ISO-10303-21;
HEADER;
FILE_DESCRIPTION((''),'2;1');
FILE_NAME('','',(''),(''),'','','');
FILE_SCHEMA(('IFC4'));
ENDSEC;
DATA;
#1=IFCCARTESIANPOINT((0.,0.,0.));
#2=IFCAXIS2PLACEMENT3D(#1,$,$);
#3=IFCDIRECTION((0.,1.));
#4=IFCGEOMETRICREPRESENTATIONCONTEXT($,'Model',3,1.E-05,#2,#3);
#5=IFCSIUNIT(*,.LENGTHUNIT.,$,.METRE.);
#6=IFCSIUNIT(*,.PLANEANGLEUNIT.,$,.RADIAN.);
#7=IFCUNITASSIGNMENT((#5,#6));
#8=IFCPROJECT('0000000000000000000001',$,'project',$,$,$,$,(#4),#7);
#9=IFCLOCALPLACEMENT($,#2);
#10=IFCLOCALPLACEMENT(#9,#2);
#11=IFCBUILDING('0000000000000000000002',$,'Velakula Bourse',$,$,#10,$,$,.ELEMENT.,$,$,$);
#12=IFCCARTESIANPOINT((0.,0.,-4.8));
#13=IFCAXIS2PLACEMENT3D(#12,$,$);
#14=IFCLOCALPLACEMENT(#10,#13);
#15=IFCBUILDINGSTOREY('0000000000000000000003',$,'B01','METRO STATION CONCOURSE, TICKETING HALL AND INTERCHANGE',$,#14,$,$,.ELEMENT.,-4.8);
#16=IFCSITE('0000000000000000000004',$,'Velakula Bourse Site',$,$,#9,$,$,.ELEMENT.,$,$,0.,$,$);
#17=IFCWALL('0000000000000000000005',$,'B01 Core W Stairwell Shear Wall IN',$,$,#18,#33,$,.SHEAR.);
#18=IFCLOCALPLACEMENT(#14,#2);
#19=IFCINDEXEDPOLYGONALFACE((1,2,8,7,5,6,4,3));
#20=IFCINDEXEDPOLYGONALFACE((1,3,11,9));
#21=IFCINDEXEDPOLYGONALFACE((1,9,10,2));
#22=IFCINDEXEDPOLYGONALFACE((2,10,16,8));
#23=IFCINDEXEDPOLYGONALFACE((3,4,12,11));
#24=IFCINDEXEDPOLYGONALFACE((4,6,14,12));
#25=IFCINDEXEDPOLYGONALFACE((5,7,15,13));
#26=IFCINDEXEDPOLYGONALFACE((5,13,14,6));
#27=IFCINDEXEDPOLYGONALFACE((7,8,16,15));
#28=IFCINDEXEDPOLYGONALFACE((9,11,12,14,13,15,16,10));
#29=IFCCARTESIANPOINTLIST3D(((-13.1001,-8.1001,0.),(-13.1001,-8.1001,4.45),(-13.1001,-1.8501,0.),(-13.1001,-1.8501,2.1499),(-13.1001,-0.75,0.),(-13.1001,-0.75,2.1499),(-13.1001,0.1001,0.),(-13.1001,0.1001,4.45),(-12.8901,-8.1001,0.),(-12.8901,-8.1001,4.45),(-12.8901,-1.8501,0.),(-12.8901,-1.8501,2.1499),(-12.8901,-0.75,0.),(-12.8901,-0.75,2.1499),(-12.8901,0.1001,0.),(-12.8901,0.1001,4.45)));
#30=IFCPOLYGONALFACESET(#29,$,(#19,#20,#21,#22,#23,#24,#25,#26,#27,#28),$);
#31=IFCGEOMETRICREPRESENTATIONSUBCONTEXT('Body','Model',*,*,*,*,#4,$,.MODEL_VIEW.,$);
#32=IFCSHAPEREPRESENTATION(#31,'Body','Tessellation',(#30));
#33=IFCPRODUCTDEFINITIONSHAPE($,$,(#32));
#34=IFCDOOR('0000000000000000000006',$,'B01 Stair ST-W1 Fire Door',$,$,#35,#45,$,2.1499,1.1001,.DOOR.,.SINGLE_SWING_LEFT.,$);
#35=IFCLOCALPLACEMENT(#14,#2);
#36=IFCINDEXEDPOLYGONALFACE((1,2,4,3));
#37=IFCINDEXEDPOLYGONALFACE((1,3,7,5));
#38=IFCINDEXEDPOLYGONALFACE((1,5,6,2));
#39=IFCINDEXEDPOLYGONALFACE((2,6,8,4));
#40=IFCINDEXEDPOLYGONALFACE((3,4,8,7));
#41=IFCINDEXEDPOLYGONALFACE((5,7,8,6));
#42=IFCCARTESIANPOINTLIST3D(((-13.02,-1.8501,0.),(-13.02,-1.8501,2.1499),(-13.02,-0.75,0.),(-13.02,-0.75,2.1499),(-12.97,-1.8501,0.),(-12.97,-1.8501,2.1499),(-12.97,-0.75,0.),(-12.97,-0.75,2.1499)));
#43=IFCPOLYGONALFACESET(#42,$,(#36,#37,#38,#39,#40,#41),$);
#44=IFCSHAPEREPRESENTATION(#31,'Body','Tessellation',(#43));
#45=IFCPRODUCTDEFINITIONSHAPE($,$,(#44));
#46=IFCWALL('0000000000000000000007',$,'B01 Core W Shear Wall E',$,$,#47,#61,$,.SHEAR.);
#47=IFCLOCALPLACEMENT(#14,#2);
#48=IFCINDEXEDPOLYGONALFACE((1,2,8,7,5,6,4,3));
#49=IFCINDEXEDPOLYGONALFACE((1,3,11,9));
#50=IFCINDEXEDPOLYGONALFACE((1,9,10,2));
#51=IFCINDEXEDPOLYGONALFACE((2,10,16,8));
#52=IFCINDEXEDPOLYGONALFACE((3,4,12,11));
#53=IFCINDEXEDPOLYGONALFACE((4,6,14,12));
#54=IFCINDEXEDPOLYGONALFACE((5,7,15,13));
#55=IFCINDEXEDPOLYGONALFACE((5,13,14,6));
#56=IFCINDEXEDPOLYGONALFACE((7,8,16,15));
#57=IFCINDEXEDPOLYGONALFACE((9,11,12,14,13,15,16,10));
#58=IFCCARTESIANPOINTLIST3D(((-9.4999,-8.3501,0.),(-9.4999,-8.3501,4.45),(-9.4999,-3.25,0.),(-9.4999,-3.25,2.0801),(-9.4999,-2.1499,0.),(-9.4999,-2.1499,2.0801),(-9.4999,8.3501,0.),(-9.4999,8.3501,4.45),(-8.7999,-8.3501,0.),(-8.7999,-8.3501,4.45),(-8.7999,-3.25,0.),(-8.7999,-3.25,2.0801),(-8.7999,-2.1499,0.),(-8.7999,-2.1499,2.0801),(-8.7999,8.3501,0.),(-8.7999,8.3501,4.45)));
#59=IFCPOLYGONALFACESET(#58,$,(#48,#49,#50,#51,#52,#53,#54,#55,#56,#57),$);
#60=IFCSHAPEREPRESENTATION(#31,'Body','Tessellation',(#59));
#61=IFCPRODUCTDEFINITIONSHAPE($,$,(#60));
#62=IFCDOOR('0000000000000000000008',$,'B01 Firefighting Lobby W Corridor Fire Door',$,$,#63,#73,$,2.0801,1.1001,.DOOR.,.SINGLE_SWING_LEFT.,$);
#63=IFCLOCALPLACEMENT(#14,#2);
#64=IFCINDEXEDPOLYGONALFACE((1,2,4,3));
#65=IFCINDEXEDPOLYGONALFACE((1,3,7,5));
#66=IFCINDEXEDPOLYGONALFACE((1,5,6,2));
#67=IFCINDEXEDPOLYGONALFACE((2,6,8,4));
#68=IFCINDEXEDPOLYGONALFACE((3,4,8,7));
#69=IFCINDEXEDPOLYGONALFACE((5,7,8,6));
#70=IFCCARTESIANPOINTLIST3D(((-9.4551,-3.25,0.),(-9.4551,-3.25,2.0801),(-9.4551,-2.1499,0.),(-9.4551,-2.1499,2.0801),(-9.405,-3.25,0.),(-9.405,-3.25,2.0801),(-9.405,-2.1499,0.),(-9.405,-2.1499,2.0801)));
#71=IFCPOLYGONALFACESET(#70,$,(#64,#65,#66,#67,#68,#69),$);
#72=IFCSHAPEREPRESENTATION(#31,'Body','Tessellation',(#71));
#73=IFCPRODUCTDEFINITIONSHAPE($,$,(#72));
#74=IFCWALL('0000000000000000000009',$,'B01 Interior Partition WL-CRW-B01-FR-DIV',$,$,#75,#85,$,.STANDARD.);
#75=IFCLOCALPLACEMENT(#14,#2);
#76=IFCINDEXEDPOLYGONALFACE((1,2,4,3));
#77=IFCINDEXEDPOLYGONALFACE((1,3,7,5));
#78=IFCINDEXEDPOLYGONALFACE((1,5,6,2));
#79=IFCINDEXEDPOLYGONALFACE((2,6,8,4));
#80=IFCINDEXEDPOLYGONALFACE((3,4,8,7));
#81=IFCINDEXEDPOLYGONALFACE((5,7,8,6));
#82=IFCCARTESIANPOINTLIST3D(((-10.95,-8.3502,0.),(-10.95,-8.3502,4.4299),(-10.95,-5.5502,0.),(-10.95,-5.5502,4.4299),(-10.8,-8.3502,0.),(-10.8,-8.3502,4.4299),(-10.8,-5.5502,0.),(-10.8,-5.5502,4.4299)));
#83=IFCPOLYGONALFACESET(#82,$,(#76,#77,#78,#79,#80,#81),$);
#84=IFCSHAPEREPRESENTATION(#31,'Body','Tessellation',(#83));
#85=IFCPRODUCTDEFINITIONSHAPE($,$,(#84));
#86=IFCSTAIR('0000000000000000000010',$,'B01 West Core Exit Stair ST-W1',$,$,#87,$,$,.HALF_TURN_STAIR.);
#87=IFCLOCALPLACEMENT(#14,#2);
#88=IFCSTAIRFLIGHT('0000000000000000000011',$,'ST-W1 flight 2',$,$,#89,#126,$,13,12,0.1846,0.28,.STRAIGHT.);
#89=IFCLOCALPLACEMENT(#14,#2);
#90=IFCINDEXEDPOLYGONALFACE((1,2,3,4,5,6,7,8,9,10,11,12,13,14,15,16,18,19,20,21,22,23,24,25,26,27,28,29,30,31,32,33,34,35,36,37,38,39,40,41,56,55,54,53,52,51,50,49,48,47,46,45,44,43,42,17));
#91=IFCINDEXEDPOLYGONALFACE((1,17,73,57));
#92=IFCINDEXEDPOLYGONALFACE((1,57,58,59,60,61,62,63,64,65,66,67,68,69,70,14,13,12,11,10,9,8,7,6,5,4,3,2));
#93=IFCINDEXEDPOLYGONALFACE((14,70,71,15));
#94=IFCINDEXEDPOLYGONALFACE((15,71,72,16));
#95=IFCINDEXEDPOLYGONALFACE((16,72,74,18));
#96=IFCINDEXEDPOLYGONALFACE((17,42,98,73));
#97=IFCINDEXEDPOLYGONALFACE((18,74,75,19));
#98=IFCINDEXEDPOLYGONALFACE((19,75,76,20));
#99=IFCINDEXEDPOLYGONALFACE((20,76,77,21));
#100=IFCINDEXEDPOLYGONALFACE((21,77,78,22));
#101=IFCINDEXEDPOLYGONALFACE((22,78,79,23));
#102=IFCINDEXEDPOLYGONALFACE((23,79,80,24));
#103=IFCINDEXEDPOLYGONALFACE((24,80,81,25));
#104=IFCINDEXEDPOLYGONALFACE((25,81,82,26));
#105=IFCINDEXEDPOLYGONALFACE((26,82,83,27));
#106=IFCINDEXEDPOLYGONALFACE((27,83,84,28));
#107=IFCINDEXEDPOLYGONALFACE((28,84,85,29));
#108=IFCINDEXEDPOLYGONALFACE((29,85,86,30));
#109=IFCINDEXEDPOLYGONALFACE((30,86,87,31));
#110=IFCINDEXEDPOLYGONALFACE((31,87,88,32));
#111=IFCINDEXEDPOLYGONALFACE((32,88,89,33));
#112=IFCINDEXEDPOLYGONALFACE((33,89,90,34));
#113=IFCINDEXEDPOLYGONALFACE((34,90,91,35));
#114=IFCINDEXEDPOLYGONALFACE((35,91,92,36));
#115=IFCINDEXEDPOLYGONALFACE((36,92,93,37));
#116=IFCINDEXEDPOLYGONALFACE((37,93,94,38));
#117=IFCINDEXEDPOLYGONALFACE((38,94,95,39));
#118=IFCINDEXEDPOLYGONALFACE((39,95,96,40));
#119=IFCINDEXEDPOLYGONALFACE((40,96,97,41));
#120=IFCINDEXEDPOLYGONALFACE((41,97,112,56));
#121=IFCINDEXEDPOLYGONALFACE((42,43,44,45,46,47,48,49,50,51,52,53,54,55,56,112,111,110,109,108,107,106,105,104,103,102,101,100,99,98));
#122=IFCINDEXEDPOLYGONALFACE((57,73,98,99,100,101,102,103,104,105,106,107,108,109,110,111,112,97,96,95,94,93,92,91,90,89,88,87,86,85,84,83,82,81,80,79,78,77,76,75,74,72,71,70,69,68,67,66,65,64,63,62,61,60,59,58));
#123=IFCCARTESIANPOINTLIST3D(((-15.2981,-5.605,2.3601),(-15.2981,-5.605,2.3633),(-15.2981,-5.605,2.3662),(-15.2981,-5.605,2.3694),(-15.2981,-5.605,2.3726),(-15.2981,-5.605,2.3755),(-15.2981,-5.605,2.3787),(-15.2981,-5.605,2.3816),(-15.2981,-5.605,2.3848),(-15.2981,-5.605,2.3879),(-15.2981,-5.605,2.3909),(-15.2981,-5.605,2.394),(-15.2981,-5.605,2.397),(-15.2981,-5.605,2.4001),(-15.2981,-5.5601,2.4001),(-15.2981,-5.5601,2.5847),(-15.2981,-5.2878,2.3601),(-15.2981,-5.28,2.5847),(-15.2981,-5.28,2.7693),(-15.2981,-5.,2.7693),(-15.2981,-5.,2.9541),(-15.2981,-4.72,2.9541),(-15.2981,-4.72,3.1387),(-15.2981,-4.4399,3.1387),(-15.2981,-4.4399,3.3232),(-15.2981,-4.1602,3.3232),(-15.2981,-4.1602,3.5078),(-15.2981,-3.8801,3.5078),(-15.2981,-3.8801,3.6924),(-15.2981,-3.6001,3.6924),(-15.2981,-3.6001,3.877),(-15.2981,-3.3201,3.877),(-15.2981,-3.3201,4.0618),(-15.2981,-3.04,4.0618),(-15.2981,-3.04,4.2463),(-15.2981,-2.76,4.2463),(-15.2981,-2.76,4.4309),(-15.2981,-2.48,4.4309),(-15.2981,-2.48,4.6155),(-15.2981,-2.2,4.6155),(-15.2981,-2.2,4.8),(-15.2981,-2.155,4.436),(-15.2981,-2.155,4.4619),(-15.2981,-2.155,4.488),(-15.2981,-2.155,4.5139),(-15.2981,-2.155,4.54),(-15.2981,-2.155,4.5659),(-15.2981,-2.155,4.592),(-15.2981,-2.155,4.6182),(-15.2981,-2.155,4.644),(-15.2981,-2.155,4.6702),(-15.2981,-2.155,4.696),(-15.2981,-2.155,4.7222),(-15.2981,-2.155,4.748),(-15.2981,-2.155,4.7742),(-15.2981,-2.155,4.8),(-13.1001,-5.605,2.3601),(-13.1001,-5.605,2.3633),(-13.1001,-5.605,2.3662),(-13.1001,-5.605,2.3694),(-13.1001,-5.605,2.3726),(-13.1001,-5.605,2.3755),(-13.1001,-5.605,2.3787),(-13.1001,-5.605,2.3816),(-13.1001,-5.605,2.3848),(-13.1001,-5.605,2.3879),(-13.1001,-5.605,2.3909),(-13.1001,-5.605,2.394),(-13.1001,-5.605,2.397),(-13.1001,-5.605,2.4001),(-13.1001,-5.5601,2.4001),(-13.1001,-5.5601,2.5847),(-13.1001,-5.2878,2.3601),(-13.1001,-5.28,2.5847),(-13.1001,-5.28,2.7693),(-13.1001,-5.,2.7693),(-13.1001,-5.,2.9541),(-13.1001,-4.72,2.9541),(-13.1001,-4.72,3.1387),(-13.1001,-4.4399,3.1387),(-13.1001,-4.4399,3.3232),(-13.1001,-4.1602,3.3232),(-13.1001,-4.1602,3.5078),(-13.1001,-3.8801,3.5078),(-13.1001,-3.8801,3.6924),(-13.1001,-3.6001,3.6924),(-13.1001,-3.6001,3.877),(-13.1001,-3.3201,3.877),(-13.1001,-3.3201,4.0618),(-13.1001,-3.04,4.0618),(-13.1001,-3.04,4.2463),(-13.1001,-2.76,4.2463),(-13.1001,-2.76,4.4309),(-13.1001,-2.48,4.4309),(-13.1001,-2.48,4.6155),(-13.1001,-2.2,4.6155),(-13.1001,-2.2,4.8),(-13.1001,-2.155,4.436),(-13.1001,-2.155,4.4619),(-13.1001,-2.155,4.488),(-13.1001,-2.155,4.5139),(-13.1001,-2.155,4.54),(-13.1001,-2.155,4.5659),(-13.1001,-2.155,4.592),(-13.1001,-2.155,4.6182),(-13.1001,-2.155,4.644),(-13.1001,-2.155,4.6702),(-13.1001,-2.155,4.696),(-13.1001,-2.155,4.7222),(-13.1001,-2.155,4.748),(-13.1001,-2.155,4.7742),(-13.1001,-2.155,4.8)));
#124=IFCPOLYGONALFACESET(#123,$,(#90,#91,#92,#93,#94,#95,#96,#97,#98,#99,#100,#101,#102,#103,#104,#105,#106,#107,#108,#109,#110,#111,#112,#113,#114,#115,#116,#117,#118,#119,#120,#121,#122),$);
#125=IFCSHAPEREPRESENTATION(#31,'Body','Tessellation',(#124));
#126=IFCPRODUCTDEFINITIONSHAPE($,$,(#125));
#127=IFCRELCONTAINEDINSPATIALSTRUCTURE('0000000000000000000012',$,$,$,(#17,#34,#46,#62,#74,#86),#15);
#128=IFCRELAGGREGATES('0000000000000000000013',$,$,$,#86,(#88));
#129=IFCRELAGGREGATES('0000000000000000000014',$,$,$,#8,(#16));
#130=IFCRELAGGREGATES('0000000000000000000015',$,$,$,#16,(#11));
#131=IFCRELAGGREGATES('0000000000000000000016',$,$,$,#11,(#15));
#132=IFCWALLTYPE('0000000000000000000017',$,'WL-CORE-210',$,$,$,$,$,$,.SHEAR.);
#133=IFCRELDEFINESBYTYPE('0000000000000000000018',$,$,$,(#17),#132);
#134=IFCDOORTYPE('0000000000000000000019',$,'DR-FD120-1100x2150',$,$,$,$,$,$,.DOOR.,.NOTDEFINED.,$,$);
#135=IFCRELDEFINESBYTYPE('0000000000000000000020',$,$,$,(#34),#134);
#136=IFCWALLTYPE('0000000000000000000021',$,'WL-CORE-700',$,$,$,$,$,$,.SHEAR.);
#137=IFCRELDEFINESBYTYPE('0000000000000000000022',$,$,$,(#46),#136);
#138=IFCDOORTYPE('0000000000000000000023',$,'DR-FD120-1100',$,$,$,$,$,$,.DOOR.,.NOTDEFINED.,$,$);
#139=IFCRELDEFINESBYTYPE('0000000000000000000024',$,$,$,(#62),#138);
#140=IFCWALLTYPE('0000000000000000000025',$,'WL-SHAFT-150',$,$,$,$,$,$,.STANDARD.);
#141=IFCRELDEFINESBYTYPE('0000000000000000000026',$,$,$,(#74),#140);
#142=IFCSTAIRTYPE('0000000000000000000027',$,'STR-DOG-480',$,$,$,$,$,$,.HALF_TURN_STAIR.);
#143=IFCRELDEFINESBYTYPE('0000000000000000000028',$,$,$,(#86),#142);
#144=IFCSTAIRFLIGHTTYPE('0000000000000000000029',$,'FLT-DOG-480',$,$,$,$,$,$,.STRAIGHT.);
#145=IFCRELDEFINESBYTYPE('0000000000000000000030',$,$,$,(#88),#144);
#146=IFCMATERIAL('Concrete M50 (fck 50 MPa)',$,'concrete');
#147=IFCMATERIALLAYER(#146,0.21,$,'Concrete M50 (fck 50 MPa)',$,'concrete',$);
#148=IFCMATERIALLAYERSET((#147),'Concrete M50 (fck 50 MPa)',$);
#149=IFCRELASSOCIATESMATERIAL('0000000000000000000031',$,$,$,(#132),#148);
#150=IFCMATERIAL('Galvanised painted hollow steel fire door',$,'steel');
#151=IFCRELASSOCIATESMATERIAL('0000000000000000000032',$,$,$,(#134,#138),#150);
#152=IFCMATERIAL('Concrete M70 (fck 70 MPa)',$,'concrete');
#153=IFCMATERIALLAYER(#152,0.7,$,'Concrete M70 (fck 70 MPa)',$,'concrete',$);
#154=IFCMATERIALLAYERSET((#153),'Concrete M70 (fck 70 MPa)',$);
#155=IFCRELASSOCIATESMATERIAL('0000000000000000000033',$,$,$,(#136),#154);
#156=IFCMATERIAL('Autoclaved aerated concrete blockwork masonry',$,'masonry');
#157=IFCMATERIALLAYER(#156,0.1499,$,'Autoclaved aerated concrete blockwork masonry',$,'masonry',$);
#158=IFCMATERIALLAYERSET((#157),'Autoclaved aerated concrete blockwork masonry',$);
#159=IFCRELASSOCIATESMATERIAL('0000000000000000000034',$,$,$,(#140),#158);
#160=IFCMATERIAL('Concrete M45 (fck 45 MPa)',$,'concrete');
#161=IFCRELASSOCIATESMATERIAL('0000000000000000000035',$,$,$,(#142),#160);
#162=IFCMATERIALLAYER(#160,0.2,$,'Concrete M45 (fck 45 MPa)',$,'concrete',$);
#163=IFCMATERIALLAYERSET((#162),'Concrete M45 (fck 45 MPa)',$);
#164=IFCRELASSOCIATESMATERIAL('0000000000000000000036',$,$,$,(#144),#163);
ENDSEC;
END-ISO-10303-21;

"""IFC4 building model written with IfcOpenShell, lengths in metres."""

from ifc_helpers import new_model, si_unit, direction, frame, frame_2d, origin, place, context, subcontext, project, spatial, polyline, rectangle, outline, extrude, material, layer, layer_set, type_object, element, fill, aggregate, save


model = new_model("IFC4")

# Units and contexts
model_context = context("Model", 3, precision=1e-05, world=origin(), true_north=direction((0.0, 1.0)))
body_context = subcontext(model_context, "Body", "Model", "MODEL_VIEW")
ifc_project = project(units=[si_unit("LENGTHUNIT", "METRE"), si_unit("PLANEANGLEUNIT", "RADIAN")], contexts=[model_context])

# Site, building, storey
site_placement = place(None, origin())
site = spatial("IfcSite", under=ifc_project, at=site_placement, Name="Velakula Bourse Site", CompositionType="ELEMENT", RefElevation=0.0)
building_placement = place(site_placement, origin())
building = spatial("IfcBuilding", under=site, at=building_placement, Name="Velakula Bourse", CompositionType="ELEMENT")
storey_placement = place(building_placement, frame((0.0, 0.0, -4.8)))
storey = spatial("IfcBuildingStorey", under=building, at=storey_placement, Name="B01", Description="METRO STATION CONCOURSE, TICKETING HALL AND INTERCHANGE", CompositionType="ELEMENT", Elevation=-4.8)

# Shared definitions
ifc_material_1 = material(Name="Concrete M70 (fck 70 MPa)", Category="concrete")

# Walls, openings, doors
ifc_material_2 = material(Name="Concrete M50 (fck 50 MPa)", Category="concrete")
ifc_layer_1 = layer(ifc_material_2, 0.21, Name="Concrete M50 (fck 50 MPa)", Category="concrete")
ifc_layer_set_1 = layer_set([ifc_layer_1], Name="Concrete M50 (fck 50 MPa)")
wall_type_1 = type_object("IfcWallType", Name="WL-CORE-210", PredefinedType="SHEAR", material=ifc_layer_set_1)
wall_1_placement = place(storey_placement, frame((-12.9951, -8.1001, 0.0), z_axis=(0.0, 0.0, 1.0), x_axis=(0.0, 1.0, 0.0)))
wall_1 = element("IfcWall", 1, at=wall_1_placement, inside=storey, type_object=wall_type_1, Name="B01 Core W Stairwell Shear Wall IN", PredefinedType="SHEAR", context=body_context, shape_type="SweptSolid", body=[
    extrude(rectangle(XDim=8.2002, YDim=0.21, at=frame_2d((4.1001, 0.0))), origin(), (0.0, 0.0, 1.0), 4.45),
])
opening_1_placement = place(wall_1_placement, frame((6.25, 0.0, 0.0)))
opening_1 = element("IfcOpeningElement", 2, at=opening_1_placement, cuts=wall_1, PredefinedType="OPENING", context=body_context, shape_type="SweptSolid", body=[
    extrude(rectangle(XDim=1.1001, YDim=2.1499, at=frame_2d((0.55, 1.075))), frame((0.0, 0.115, 0.0), z_axis=(0.0, -1.0, 0.0), x_axis=(1.0, 0.0, 0.0)), (0.0, 0.0, 1.0), 0.23),
])
ifc_material_3 = material(Name="Galvanised painted hollow steel fire door", Category="steel")
door_type_1 = type_object("IfcDoorType", Name="DR-FD120-1100x2150", OperationType="NOTDEFINED", PredefinedType="DOOR", material=ifc_material_3)
door_1_placement = place(opening_1_placement, origin())
door_1 = element("IfcDoor", 3, at=door_1_placement, inside=storey, type_object=door_type_1, Name="B01 Stair ST-W1 Fire Door", OperationType="SINGLE_SWING_LEFT", OverallHeight=2.1499, OverallWidth=1.1001, PredefinedType="DOOR", context=body_context, shape_type="SweptSolid", body=[
    extrude(rectangle(XDim=1.1001, YDim=2.1499, at=frame_2d((0.55, 1.075))), frame((0.0, 0.0249, 0.0), z_axis=(0.0, -1.0, 0.0), x_axis=(1.0, 0.0, 0.0)), (0.0, 0.0, 1.0), 0.05),
])
fill(opening_1, door_1)
ifc_layer_2 = layer(ifc_material_1, 0.7, Name="Concrete M70 (fck 70 MPa)", Category="concrete")
ifc_layer_set_2 = layer_set([ifc_layer_2], Name="Concrete M70 (fck 70 MPa)")
wall_type_2 = type_object("IfcWallType", Name="WL-CORE-700", PredefinedType="SHEAR", material=ifc_layer_set_2)
wall_2_placement = place(storey_placement, frame((-9.1499, -8.3501, 0.0), z_axis=(0.0, 0.0, 1.0), x_axis=(0.0, 1.0, 0.0)))
wall_2 = element("IfcWall", 4, at=wall_2_placement, inside=storey, type_object=wall_type_2, Name="B01 Core W Shear Wall E", PredefinedType="SHEAR", context=body_context, shape_type="SweptSolid", body=[
    extrude(rectangle(XDim=16.7002, YDim=0.7, at=frame_2d((8.3501, 0.0))), origin(), (0.0, 0.0, 1.0), 4.45),
])
opening_2_placement = place(wall_2_placement, frame((5.1001, 0.0, 0.0)))
opening_2 = element("IfcOpeningElement", 5, at=opening_2_placement, cuts=wall_2, PredefinedType="OPENING", context=body_context, shape_type="SweptSolid", body=[
    extrude(rectangle(XDim=1.1001, YDim=2.0801, at=frame_2d((0.55, 1.04))), frame((0.0, 0.3599, 0.0), z_axis=(0.0, -1.0, 0.0), x_axis=(1.0, 0.0, 0.0)), (0.0, 0.0, 1.0), 0.72),
])
door_type_2 = type_object("IfcDoorType", Name="DR-FD120-1100", OperationType="NOTDEFINED", PredefinedType="DOOR", material=ifc_material_3)
door_2_placement = place(opening_2_placement, origin())
door_2 = element("IfcDoor", 6, at=door_2_placement, inside=storey, type_object=door_type_2, Name="B01 Firefighting Lobby W Corridor Fire Door", OperationType="SINGLE_SWING_LEFT", OverallHeight=2.0801, OverallWidth=1.1001, PredefinedType="DOOR", context=body_context, shape_type="SweptSolid", body=[
    extrude(rectangle(XDim=1.1001, YDim=2.0801, at=frame_2d((0.55, 1.04))), frame((0.0, 0.3052, 0.0), z_axis=(0.0, -1.0, 0.0), x_axis=(1.0, 0.0, 0.0)), (0.0, 0.0, 1.0), 0.05),
])
fill(opening_2, door_2)

# Shared definitions
ifc_material_4 = material(Name="Autoclaved aerated concrete blockwork masonry", Category="masonry")
ifc_layer_3 = layer(ifc_material_4, 0.1499, Name="Autoclaved aerated concrete blockwork masonry", Category="masonry")
ifc_layer_set_3 = layer_set([ifc_layer_3], Name="Autoclaved aerated concrete blockwork masonry")
wall_type_3 = type_object("IfcWallType", Name="WL-SHAFT-150", PredefinedType="STANDARD", material=ifc_layer_set_3)

# Wall
wall_3_placement = place(storey_placement, frame((-10.875, -8.3501, 0.0), z_axis=(0.0, 0.0, 1.0), x_axis=(0.0, 1.0, 0.0)))
element("IfcWall", 7, at=wall_3_placement, inside=storey, type_object=wall_type_3, Name="B01 Interior Partition WL-CRW-B01-FR-DIV", PredefinedType="STANDARD", context=body_context, shape_type="SweptSolid", body=[
    extrude(rectangle(XDim=2.8, YDim=0.1499, at=frame_2d((1.3999, 0.0))), origin(), (0.0, 0.0, 1.0), 4.4299),
])

# Stair, stair flight
ifc_material_5 = material(Name="Concrete M45 (fck 45 MPa)", Category="concrete")
stair_type = type_object("IfcStairType", Name="STR-DOG-480", PredefinedType="HALF_TURN_STAIR", material=ifc_material_5)
stair_placement = place(storey_placement, origin())
stair = element("IfcStair", 8, at=stair_placement, inside=storey, type_object=stair_type, Name="B01 West Core Exit Stair ST-W1", PredefinedType="HALF_TURN_STAIR")
ifc_layer_4 = layer(ifc_material_5, 0.2, Name="Concrete M45 (fck 45 MPa)", Category="concrete")
ifc_layer_set_4 = layer_set([ifc_layer_4], Name="Concrete M45 (fck 45 MPa)")
stair_flight_type = type_object("IfcStairFlightType", Name="FLT-DOG-480", PredefinedType="STRAIGHT", material=ifc_layer_set_4)
stair_flight_placement = place(storey_placement, frame((-14.199, -5.5601, 2.4001), z_axis=(0.0, 0.0, 1.0), x_axis=(0.0, 1.0, 0.0)))
stair_flight = element("IfcStairFlight", 9, at=stair_flight_placement, type_object=stair_flight_type, Name="ST-W1 flight 2", NumberOfRisers=13, NumberOfTreads=12, PredefinedType="STRAIGHT", RiserHeight=0.1846, TreadLength=0.28, context=body_context, shape_type="SweptSolid", body=[
    extrude(outline(polyline([(-0.0449, -0.04), (-0.0449, -0.0369), (-0.0449, -0.0339), (-0.0449, -0.0308), (-0.0449, -0.0276), (-0.0449, -0.0247), (-0.0449, -0.0215), (-0.0449, -0.0186), (-0.0449, -0.0154), (-0.0449, -0.0122), (-0.0449, -0.0093), (-0.0449, -0.0061), (-0.0449, -0.0032), (-0.0449, 0.0), (0.0, 0.0), (0.0, 0.1846), (0.28, 0.1846), (0.28, 0.3691), (0.5601, 0.3691), (0.5601, 0.554), (0.8401, 0.554), (0.8401, 0.7385), (1.1201, 0.7385), (1.1201, 0.9231), (1.3999, 0.9231), (1.3999, 1.1077), (1.6799, 1.1077), (1.6799, 1.2922), (1.96, 1.2922), (1.96, 1.4768), (2.24, 1.4768), (2.24, 1.6616), (2.52, 1.6616), (2.52, 1.8462), (2.8, 1.8462), (2.8, 2.0308), (3.0801, 2.0308), (3.0801, 2.2153), (3.3601, 2.2153), (3.3601, 2.3999), (3.405, 2.3999), (3.405, 2.374), (3.405, 2.3479), (3.405, 2.322), (3.405, 2.2959), (3.405, 2.27), (3.405, 2.2439), (3.405, 2.218), (3.405, 2.1919), (3.405, 2.1658), (3.405, 2.1399), (3.405, 2.1138), (3.405, 2.0879), (3.405, 2.0618), (3.405, 2.0359), (0.2722, -0.04), (-0.0449, -0.04)])), frame((0.0, 1.0991, 0.0), z_axis=(0.0, -1.0, 0.0), x_axis=(1.0, 0.0, 0.0)), (0.0, 0.0, 1.0), 2.198),
])
aggregate(stair, [stair_flight])

save(model, "model.ifc")
